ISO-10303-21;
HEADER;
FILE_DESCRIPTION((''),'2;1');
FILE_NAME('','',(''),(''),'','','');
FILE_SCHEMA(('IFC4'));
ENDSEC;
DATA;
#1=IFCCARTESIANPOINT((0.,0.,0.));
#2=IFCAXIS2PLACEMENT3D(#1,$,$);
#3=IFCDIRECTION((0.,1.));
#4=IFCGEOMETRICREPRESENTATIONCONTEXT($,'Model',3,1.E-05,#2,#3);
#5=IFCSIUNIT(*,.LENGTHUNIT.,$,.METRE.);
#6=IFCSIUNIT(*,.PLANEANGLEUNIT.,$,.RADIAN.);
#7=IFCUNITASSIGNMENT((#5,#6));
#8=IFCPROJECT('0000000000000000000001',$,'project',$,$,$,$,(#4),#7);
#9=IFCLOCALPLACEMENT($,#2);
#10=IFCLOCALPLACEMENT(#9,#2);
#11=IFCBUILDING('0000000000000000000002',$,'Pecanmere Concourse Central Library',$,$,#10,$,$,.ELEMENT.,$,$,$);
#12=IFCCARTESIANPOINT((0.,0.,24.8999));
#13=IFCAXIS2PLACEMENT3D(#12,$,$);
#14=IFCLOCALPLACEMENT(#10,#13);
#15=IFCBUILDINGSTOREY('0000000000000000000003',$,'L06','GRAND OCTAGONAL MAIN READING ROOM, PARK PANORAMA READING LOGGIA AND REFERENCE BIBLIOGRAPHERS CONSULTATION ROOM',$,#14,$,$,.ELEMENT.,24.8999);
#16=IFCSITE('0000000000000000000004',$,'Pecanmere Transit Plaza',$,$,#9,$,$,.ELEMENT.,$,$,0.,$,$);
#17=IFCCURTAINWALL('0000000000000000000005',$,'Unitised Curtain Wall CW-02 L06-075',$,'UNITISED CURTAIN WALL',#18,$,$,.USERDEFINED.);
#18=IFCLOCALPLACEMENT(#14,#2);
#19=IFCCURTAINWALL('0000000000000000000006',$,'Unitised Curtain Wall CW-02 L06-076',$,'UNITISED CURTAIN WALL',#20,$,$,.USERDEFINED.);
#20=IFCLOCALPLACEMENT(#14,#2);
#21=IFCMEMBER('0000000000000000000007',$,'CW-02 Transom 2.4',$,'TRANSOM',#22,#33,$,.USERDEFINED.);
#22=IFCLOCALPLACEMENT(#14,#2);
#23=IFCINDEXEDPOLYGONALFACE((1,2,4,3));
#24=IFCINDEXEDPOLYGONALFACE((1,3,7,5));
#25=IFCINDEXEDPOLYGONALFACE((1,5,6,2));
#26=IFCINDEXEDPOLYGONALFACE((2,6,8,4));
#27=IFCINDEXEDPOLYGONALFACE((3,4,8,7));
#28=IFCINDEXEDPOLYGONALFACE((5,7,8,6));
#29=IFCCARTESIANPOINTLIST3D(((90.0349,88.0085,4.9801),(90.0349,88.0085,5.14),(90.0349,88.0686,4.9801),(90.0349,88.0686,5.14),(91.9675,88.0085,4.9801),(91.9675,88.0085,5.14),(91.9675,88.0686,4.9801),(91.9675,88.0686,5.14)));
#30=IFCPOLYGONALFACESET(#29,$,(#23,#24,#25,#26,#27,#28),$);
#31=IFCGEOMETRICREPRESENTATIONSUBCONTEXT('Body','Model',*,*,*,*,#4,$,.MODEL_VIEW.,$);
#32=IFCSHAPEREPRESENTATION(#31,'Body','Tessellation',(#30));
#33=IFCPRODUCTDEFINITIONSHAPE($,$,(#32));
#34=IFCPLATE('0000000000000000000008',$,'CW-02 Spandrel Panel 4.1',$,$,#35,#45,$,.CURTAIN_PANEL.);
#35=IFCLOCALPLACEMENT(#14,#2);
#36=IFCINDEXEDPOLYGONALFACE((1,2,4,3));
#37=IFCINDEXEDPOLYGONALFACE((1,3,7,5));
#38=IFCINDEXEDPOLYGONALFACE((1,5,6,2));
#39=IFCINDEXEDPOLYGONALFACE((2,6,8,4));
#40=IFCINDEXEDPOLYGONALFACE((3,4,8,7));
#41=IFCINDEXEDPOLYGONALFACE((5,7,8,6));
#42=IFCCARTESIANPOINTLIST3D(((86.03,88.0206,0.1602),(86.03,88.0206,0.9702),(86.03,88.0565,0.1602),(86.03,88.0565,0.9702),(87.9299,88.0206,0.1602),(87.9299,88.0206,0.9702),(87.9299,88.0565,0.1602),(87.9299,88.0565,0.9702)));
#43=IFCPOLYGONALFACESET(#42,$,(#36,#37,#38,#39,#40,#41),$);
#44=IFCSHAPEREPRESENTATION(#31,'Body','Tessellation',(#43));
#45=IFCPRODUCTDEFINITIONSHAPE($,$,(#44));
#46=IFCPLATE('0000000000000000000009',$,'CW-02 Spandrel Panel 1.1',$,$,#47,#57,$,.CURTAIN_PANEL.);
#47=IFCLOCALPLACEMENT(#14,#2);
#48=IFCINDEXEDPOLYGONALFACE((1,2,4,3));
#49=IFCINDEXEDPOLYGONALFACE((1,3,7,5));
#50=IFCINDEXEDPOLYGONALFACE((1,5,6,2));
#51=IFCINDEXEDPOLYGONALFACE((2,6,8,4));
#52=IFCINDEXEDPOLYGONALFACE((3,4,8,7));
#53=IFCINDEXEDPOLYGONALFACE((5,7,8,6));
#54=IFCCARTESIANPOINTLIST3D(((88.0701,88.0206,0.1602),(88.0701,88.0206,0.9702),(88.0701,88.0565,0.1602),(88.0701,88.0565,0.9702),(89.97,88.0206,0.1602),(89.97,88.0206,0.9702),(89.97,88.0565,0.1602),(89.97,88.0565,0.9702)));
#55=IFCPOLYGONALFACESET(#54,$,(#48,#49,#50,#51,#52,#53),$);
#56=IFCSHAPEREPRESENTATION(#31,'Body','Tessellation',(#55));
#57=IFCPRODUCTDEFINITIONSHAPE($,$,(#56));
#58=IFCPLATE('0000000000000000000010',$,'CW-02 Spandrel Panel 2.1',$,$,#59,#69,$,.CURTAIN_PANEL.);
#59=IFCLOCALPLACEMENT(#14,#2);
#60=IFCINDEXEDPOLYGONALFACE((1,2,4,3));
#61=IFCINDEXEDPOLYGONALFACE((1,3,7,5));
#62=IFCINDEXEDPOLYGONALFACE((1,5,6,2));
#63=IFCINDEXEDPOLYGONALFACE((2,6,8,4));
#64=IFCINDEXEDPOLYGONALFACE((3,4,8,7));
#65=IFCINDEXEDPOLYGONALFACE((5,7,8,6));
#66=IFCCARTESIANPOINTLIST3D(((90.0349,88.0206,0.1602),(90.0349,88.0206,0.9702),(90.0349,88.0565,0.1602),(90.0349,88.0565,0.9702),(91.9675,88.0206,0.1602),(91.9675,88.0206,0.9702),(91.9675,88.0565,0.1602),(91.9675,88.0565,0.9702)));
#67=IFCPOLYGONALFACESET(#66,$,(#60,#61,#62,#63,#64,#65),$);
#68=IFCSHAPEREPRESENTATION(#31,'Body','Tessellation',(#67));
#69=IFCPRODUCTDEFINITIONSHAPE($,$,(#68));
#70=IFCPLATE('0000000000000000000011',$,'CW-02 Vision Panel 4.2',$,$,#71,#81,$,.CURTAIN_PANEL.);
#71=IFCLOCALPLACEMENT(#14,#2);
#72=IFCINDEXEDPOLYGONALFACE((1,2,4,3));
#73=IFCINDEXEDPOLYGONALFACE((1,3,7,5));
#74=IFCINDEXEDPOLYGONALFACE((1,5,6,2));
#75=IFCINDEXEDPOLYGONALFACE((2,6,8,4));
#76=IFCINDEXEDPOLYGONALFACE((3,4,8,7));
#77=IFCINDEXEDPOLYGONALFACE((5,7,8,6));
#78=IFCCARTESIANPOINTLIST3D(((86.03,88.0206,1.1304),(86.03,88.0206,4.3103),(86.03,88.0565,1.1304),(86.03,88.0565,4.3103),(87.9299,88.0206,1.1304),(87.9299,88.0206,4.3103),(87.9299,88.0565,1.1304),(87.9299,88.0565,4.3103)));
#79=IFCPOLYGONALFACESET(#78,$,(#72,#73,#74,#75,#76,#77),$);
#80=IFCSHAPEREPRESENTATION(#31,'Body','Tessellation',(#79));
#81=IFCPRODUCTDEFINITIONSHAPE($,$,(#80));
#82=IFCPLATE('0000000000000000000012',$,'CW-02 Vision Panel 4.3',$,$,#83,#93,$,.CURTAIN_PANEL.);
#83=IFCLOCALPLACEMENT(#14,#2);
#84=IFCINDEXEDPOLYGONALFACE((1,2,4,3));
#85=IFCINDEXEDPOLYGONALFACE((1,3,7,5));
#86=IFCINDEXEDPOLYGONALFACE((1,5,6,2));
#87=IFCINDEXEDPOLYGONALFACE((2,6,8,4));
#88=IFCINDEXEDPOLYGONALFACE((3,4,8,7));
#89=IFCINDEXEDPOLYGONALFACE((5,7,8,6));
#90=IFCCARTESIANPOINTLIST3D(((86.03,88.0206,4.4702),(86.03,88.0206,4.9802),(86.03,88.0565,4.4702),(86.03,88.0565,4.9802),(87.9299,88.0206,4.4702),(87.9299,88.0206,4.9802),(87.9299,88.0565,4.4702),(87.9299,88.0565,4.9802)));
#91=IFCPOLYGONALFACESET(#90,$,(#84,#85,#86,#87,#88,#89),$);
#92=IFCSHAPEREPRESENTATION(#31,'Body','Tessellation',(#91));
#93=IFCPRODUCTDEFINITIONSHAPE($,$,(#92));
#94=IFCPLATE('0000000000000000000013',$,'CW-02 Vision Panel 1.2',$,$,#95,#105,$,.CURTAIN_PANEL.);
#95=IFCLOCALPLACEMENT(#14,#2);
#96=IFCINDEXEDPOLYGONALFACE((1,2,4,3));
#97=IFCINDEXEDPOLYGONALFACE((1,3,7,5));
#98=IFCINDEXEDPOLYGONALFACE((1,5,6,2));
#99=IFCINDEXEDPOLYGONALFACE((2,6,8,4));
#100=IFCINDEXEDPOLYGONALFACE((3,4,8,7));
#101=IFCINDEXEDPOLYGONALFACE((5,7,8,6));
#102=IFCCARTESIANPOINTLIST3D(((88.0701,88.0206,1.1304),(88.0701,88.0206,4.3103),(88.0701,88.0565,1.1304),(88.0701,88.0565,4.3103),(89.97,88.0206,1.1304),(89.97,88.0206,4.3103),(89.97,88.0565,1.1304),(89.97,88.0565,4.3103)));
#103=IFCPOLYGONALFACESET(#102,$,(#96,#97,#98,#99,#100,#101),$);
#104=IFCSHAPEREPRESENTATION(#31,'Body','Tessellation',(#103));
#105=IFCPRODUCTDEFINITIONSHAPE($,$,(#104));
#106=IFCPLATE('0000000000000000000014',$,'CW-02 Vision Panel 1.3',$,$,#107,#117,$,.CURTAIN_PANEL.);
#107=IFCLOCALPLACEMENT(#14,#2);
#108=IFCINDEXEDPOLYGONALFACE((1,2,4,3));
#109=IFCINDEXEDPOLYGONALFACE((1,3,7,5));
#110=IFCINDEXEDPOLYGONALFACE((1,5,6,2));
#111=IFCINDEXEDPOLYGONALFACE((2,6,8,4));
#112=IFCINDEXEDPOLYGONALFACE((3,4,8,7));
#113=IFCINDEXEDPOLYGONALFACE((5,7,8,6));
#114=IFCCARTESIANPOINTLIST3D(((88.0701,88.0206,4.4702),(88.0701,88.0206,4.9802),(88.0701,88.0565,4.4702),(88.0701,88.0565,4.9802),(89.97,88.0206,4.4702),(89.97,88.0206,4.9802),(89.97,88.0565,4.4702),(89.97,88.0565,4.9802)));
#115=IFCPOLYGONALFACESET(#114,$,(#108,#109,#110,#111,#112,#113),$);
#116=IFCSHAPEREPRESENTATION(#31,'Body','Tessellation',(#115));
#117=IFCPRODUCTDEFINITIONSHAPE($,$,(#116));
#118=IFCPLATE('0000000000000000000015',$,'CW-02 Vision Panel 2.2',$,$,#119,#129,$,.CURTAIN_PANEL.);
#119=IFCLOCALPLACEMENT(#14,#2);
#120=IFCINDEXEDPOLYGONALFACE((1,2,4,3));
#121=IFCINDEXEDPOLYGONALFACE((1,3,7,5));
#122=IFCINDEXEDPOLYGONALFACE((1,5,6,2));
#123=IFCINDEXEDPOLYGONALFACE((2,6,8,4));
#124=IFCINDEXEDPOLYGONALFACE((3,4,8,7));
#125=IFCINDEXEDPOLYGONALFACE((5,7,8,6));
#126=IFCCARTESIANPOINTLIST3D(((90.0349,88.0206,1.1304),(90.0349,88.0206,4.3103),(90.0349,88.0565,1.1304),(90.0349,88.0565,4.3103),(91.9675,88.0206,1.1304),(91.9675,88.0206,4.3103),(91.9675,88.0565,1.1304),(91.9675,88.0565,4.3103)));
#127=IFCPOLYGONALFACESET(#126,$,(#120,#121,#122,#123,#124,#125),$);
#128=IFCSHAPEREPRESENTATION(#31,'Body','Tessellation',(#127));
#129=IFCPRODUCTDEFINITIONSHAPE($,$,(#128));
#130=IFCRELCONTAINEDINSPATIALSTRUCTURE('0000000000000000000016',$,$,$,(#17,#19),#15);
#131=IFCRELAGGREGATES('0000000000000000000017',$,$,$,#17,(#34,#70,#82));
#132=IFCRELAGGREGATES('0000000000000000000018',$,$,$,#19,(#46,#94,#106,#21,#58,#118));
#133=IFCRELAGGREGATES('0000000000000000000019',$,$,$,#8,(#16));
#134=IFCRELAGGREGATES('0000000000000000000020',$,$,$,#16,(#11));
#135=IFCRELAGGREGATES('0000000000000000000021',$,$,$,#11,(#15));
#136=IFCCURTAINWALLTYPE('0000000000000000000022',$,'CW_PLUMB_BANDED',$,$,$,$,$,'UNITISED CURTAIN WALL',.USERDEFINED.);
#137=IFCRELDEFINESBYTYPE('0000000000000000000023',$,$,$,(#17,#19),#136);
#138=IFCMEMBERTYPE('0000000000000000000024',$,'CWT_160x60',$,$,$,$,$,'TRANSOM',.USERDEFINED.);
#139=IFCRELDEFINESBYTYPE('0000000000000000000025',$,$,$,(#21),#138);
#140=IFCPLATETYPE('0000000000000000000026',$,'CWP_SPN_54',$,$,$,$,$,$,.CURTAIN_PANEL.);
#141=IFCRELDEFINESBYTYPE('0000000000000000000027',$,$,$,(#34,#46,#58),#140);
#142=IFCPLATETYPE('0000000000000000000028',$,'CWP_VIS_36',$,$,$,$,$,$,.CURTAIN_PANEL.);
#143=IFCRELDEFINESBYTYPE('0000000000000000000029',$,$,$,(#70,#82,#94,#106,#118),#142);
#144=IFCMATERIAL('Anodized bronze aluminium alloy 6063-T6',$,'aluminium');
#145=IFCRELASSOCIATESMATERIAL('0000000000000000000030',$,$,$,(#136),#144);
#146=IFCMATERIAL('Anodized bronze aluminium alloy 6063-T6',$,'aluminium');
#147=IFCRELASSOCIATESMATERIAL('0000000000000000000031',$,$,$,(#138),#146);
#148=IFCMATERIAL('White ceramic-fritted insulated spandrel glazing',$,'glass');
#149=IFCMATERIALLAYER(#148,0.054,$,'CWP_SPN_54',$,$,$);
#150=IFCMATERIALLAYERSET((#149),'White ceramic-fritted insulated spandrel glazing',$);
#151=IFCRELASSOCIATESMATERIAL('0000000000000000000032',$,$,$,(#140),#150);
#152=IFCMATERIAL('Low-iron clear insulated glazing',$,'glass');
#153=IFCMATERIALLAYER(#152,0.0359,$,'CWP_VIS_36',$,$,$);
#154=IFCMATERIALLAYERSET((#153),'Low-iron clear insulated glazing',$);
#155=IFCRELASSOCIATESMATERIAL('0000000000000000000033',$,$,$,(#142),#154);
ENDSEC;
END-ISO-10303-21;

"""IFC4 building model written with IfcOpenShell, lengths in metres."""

from ifc_helpers import new_model, si_unit, direction, frame, origin, origin_2d, place, context, subcontext, project, spatial, rectangle, extrude, material, layer, layer_set, material_profile, profile_set, type_object, element, aggregate, save


model = new_model("IFC4")

# Units and contexts
model_context = context("Model", 3, precision=1e-05, world=origin(), true_north=direction((0.0, 1.0)))
body_context = subcontext(model_context, "Body", "Model", "MODEL_VIEW")
ifc_project = project(units=[si_unit("LENGTHUNIT", "METRE"), si_unit("PLANEANGLEUNIT", "RADIAN")], contexts=[model_context])

# Site, building, storey
site_placement = place(None, origin())
site = spatial("IfcSite", under=ifc_project, at=site_placement, Name="Pecanmere Transit Plaza", CompositionType="ELEMENT", RefElevation=0.0)
building_placement = place(site_placement, origin())
building = spatial("IfcBuilding", under=site, at=building_placement, Name="Pecanmere Concourse Central Library", CompositionType="ELEMENT")
storey_placement = place(building_placement, frame((0.0, 0.0, 24.8999)))
storey = spatial("IfcBuildingStorey", under=building, at=storey_placement, Name="L06", Description="GRAND OCTAGONAL MAIN READING ROOM, PARK PANORAMA READING LOGGIA AND REFERENCE BIBLIOGRAPHERS CONSULTATION ROOM", CompositionType="ELEMENT", Elevation=24.8999)

# Curtain walls
ifc_material_1 = material(Name="Anodized bronze aluminium alloy 6063-T6", Category="aluminium")
curtain_wall_type = type_object("IfcCurtainWallType", Name="CW_PLUMB_BANDED", ElementType="UNITISED CURTAIN WALL", PredefinedType="USERDEFINED", material=ifc_material_1)
curtain_wall_1_placement = place(storey_placement, origin())
curtain_wall_1 = element("IfcCurtainWall", 1, at=curtain_wall_1_placement, inside=storey, type_object=curtain_wall_type, Name="Unitised Curtain Wall CW-02 L06-075", ObjectType="UNITISED CURTAIN WALL", PredefinedType="USERDEFINED")
curtain_wall_2_placement = place(storey_placement, origin())
curtain_wall_2 = element("IfcCurtainWall", 2, at=curtain_wall_2_placement, inside=storey, type_object=curtain_wall_type, Name="Unitised Curtain Wall CW-02 L06-076", ObjectType="UNITISED CURTAIN WALL", PredefinedType="USERDEFINED")

# Member
ifc_material_2 = material(Name="Anodized bronze aluminium alloy 6063-T6", Category="aluminium")
ifc_material_profile_1 = material_profile(ifc_material_2, rectangle(XDim=0.0601, YDim=0.1599, at=origin_2d()), Name="AL 60x160")
ifc_profile_set_1 = profile_set([ifc_material_profile_1], Name="Anodized bronze aluminium alloy 6063-T6")
member_type_1 = type_object("IfcMemberType", Name="CWT_160x60", ElementType="TRANSOM", PredefinedType="USERDEFINED", material=ifc_profile_set_1)
member_1_placement = place(storey_placement, frame((90.0349, 88.0386, 5.0601), z_axis=(1.0, 0.0, 0.0), x_axis=(0.0, 1.0, 0.0)))
member_1 = element("IfcMember", 3, at=member_1_placement, type_object=member_type_1, Name="CW-02 Transom 2.4", ObjectType="TRANSOM", PredefinedType="USERDEFINED", context=body_context, shape_type="SweptSolid", body=[
    extrude(rectangle(XDim=0.0601, YDim=0.1599, at=origin_2d()), origin(), (0.0, 0.0, 1.0), 1.9326),
])

# Plates
ifc_material_3 = material(Name="White ceramic-fritted insulated spandrel glazing", Category="glass")
ifc_layer_1 = layer(ifc_material_3, 0.054, Name="CWP_SPN_54")
ifc_layer_set_1 = layer_set([ifc_layer_1], Name="White ceramic-fritted insulated spandrel glazing")
plate_type_1 = type_object("IfcPlateType", Name="CWP_SPN_54", PredefinedType="CURTAIN_PANEL", material=ifc_layer_set_1)
plate_1_placement = place(storey_placement, frame((86.98, 88.0386, 0.1602), z_axis=(0.0, 0.0, 1.0), x_axis=(1.0, 0.0, 0.0)))
plate_1 = element("IfcPlate", 4, at=plate_1_placement, type_object=plate_type_1, Name="CW-02 Spandrel Panel 4.1", PredefinedType="CURTAIN_PANEL", context=body_context, shape_type="SweptSolid", body=[
    extrude(rectangle(XDim=1.8999, YDim=0.0359, at=origin_2d()), origin(), (0.0, 0.0, 1.0), 0.8101),
])
plate_2_placement = place(storey_placement, frame((89.02, 88.0386, 0.1602), z_axis=(0.0, 0.0, 1.0), x_axis=(1.0, 0.0, 0.0)))
plate_2 = element("IfcPlate", 5, at=plate_2_placement, type_object=plate_type_1, Name="CW-02 Spandrel Panel 1.1", PredefinedType="CURTAIN_PANEL", context=body_context, shape_type="SweptSolid", body=[
    extrude(rectangle(XDim=1.8999, YDim=0.0359, at=origin_2d()), origin(), (0.0, 0.0, 1.0), 0.8101),
])
plate_3_placement = place(storey_placement, frame((91.0012, 88.0386, 0.1602), z_axis=(0.0, 0.0, 1.0), x_axis=(1.0, 0.0, 0.0)))
plate_3 = element("IfcPlate", 6, at=plate_3_placement, type_object=plate_type_1, Name="CW-02 Spandrel Panel 2.1", PredefinedType="CURTAIN_PANEL", context=body_context, shape_type="SweptSolid", body=[
    extrude(rectangle(XDim=1.9326, YDim=0.0359, at=origin_2d()), origin(), (0.0, 0.0, 1.0), 0.8101),
])
ifc_material_4 = material(Name="Low-iron clear insulated glazing", Category="glass")
ifc_layer_2 = layer(ifc_material_4, 0.0359, Name="CWP_VIS_36")
ifc_layer_set_2 = layer_set([ifc_layer_2], Name="Low-iron clear insulated glazing")
plate_type_2 = type_object("IfcPlateType", Name="CWP_VIS_36", PredefinedType="CURTAIN_PANEL", material=ifc_layer_set_2)
plate_4_placement = place(storey_placement, frame((86.98, 88.0386, 1.1304), z_axis=(0.0, 0.0, 1.0), x_axis=(1.0, 0.0, 0.0)))
plate_4 = element("IfcPlate", 7, at=plate_4_placement, type_object=plate_type_2, Name="CW-02 Vision Panel 4.2", PredefinedType="CURTAIN_PANEL", context=body_context, shape_type="SweptSolid", body=[
    extrude(rectangle(XDim=1.8999, YDim=0.0359, at=origin_2d()), origin(), (0.0, 0.0, 1.0), 3.1799),
])
plate_5_placement = place(storey_placement, frame((86.98, 88.0386, 4.4702), z_axis=(0.0, 0.0, 1.0), x_axis=(1.0, 0.0, 0.0)))
plate_5 = element("IfcPlate", 8, at=plate_5_placement, type_object=plate_type_2, Name="CW-02 Vision Panel 4.3", PredefinedType="CURTAIN_PANEL", context=body_context, shape_type="SweptSolid", body=[
    extrude(rectangle(XDim=1.8999, YDim=0.0359, at=origin_2d()), origin(), (0.0, 0.0, 1.0), 0.51),
])
aggregate(curtain_wall_1, [plate_1, plate_4, plate_5])
plate_6_placement = place(storey_placement, frame((89.02, 88.0386, 1.1304), z_axis=(0.0, 0.0, 1.0), x_axis=(1.0, 0.0, 0.0)))
plate_6 = element("IfcPlate", 9, at=plate_6_placement, type_object=plate_type_2, Name="CW-02 Vision Panel 1.2", PredefinedType="CURTAIN_PANEL", context=body_context, shape_type="SweptSolid", body=[
    extrude(rectangle(XDim=1.8999, YDim=0.0359, at=origin_2d()), origin(), (0.0, 0.0, 1.0), 3.1799),
])
plate_7_placement = place(storey_placement, frame((89.02, 88.0386, 4.4702), z_axis=(0.0, 0.0, 1.0), x_axis=(1.0, 0.0, 0.0)))
plate_7 = element("IfcPlate", 10, at=plate_7_placement, type_object=plate_type_2, Name="CW-02 Vision Panel 1.3", PredefinedType="CURTAIN_PANEL", context=body_context, shape_type="SweptSolid", body=[
    extrude(rectangle(XDim=1.8999, YDim=0.0359, at=origin_2d()), origin(), (0.0, 0.0, 1.0), 0.51),
])
plate_8_placement = place(storey_placement, frame((91.0012, 88.0386, 1.1304), z_axis=(0.0, 0.0, 1.0), x_axis=(1.0, 0.0, 0.0)))
plate_8 = element("IfcPlate", 11, at=plate_8_placement, type_object=plate_type_2, Name="CW-02 Vision Panel 2.2", PredefinedType="CURTAIN_PANEL", context=body_context, shape_type="SweptSolid", body=[
    extrude(rectangle(XDim=1.9326, YDim=0.0359, at=origin_2d()), origin(), (0.0, 0.0, 1.0), 3.1799),
])
aggregate(curtain_wall_2, [plate_2, plate_6, plate_7, member_1, plate_3, plate_8])

save(model, "model.ifc")
